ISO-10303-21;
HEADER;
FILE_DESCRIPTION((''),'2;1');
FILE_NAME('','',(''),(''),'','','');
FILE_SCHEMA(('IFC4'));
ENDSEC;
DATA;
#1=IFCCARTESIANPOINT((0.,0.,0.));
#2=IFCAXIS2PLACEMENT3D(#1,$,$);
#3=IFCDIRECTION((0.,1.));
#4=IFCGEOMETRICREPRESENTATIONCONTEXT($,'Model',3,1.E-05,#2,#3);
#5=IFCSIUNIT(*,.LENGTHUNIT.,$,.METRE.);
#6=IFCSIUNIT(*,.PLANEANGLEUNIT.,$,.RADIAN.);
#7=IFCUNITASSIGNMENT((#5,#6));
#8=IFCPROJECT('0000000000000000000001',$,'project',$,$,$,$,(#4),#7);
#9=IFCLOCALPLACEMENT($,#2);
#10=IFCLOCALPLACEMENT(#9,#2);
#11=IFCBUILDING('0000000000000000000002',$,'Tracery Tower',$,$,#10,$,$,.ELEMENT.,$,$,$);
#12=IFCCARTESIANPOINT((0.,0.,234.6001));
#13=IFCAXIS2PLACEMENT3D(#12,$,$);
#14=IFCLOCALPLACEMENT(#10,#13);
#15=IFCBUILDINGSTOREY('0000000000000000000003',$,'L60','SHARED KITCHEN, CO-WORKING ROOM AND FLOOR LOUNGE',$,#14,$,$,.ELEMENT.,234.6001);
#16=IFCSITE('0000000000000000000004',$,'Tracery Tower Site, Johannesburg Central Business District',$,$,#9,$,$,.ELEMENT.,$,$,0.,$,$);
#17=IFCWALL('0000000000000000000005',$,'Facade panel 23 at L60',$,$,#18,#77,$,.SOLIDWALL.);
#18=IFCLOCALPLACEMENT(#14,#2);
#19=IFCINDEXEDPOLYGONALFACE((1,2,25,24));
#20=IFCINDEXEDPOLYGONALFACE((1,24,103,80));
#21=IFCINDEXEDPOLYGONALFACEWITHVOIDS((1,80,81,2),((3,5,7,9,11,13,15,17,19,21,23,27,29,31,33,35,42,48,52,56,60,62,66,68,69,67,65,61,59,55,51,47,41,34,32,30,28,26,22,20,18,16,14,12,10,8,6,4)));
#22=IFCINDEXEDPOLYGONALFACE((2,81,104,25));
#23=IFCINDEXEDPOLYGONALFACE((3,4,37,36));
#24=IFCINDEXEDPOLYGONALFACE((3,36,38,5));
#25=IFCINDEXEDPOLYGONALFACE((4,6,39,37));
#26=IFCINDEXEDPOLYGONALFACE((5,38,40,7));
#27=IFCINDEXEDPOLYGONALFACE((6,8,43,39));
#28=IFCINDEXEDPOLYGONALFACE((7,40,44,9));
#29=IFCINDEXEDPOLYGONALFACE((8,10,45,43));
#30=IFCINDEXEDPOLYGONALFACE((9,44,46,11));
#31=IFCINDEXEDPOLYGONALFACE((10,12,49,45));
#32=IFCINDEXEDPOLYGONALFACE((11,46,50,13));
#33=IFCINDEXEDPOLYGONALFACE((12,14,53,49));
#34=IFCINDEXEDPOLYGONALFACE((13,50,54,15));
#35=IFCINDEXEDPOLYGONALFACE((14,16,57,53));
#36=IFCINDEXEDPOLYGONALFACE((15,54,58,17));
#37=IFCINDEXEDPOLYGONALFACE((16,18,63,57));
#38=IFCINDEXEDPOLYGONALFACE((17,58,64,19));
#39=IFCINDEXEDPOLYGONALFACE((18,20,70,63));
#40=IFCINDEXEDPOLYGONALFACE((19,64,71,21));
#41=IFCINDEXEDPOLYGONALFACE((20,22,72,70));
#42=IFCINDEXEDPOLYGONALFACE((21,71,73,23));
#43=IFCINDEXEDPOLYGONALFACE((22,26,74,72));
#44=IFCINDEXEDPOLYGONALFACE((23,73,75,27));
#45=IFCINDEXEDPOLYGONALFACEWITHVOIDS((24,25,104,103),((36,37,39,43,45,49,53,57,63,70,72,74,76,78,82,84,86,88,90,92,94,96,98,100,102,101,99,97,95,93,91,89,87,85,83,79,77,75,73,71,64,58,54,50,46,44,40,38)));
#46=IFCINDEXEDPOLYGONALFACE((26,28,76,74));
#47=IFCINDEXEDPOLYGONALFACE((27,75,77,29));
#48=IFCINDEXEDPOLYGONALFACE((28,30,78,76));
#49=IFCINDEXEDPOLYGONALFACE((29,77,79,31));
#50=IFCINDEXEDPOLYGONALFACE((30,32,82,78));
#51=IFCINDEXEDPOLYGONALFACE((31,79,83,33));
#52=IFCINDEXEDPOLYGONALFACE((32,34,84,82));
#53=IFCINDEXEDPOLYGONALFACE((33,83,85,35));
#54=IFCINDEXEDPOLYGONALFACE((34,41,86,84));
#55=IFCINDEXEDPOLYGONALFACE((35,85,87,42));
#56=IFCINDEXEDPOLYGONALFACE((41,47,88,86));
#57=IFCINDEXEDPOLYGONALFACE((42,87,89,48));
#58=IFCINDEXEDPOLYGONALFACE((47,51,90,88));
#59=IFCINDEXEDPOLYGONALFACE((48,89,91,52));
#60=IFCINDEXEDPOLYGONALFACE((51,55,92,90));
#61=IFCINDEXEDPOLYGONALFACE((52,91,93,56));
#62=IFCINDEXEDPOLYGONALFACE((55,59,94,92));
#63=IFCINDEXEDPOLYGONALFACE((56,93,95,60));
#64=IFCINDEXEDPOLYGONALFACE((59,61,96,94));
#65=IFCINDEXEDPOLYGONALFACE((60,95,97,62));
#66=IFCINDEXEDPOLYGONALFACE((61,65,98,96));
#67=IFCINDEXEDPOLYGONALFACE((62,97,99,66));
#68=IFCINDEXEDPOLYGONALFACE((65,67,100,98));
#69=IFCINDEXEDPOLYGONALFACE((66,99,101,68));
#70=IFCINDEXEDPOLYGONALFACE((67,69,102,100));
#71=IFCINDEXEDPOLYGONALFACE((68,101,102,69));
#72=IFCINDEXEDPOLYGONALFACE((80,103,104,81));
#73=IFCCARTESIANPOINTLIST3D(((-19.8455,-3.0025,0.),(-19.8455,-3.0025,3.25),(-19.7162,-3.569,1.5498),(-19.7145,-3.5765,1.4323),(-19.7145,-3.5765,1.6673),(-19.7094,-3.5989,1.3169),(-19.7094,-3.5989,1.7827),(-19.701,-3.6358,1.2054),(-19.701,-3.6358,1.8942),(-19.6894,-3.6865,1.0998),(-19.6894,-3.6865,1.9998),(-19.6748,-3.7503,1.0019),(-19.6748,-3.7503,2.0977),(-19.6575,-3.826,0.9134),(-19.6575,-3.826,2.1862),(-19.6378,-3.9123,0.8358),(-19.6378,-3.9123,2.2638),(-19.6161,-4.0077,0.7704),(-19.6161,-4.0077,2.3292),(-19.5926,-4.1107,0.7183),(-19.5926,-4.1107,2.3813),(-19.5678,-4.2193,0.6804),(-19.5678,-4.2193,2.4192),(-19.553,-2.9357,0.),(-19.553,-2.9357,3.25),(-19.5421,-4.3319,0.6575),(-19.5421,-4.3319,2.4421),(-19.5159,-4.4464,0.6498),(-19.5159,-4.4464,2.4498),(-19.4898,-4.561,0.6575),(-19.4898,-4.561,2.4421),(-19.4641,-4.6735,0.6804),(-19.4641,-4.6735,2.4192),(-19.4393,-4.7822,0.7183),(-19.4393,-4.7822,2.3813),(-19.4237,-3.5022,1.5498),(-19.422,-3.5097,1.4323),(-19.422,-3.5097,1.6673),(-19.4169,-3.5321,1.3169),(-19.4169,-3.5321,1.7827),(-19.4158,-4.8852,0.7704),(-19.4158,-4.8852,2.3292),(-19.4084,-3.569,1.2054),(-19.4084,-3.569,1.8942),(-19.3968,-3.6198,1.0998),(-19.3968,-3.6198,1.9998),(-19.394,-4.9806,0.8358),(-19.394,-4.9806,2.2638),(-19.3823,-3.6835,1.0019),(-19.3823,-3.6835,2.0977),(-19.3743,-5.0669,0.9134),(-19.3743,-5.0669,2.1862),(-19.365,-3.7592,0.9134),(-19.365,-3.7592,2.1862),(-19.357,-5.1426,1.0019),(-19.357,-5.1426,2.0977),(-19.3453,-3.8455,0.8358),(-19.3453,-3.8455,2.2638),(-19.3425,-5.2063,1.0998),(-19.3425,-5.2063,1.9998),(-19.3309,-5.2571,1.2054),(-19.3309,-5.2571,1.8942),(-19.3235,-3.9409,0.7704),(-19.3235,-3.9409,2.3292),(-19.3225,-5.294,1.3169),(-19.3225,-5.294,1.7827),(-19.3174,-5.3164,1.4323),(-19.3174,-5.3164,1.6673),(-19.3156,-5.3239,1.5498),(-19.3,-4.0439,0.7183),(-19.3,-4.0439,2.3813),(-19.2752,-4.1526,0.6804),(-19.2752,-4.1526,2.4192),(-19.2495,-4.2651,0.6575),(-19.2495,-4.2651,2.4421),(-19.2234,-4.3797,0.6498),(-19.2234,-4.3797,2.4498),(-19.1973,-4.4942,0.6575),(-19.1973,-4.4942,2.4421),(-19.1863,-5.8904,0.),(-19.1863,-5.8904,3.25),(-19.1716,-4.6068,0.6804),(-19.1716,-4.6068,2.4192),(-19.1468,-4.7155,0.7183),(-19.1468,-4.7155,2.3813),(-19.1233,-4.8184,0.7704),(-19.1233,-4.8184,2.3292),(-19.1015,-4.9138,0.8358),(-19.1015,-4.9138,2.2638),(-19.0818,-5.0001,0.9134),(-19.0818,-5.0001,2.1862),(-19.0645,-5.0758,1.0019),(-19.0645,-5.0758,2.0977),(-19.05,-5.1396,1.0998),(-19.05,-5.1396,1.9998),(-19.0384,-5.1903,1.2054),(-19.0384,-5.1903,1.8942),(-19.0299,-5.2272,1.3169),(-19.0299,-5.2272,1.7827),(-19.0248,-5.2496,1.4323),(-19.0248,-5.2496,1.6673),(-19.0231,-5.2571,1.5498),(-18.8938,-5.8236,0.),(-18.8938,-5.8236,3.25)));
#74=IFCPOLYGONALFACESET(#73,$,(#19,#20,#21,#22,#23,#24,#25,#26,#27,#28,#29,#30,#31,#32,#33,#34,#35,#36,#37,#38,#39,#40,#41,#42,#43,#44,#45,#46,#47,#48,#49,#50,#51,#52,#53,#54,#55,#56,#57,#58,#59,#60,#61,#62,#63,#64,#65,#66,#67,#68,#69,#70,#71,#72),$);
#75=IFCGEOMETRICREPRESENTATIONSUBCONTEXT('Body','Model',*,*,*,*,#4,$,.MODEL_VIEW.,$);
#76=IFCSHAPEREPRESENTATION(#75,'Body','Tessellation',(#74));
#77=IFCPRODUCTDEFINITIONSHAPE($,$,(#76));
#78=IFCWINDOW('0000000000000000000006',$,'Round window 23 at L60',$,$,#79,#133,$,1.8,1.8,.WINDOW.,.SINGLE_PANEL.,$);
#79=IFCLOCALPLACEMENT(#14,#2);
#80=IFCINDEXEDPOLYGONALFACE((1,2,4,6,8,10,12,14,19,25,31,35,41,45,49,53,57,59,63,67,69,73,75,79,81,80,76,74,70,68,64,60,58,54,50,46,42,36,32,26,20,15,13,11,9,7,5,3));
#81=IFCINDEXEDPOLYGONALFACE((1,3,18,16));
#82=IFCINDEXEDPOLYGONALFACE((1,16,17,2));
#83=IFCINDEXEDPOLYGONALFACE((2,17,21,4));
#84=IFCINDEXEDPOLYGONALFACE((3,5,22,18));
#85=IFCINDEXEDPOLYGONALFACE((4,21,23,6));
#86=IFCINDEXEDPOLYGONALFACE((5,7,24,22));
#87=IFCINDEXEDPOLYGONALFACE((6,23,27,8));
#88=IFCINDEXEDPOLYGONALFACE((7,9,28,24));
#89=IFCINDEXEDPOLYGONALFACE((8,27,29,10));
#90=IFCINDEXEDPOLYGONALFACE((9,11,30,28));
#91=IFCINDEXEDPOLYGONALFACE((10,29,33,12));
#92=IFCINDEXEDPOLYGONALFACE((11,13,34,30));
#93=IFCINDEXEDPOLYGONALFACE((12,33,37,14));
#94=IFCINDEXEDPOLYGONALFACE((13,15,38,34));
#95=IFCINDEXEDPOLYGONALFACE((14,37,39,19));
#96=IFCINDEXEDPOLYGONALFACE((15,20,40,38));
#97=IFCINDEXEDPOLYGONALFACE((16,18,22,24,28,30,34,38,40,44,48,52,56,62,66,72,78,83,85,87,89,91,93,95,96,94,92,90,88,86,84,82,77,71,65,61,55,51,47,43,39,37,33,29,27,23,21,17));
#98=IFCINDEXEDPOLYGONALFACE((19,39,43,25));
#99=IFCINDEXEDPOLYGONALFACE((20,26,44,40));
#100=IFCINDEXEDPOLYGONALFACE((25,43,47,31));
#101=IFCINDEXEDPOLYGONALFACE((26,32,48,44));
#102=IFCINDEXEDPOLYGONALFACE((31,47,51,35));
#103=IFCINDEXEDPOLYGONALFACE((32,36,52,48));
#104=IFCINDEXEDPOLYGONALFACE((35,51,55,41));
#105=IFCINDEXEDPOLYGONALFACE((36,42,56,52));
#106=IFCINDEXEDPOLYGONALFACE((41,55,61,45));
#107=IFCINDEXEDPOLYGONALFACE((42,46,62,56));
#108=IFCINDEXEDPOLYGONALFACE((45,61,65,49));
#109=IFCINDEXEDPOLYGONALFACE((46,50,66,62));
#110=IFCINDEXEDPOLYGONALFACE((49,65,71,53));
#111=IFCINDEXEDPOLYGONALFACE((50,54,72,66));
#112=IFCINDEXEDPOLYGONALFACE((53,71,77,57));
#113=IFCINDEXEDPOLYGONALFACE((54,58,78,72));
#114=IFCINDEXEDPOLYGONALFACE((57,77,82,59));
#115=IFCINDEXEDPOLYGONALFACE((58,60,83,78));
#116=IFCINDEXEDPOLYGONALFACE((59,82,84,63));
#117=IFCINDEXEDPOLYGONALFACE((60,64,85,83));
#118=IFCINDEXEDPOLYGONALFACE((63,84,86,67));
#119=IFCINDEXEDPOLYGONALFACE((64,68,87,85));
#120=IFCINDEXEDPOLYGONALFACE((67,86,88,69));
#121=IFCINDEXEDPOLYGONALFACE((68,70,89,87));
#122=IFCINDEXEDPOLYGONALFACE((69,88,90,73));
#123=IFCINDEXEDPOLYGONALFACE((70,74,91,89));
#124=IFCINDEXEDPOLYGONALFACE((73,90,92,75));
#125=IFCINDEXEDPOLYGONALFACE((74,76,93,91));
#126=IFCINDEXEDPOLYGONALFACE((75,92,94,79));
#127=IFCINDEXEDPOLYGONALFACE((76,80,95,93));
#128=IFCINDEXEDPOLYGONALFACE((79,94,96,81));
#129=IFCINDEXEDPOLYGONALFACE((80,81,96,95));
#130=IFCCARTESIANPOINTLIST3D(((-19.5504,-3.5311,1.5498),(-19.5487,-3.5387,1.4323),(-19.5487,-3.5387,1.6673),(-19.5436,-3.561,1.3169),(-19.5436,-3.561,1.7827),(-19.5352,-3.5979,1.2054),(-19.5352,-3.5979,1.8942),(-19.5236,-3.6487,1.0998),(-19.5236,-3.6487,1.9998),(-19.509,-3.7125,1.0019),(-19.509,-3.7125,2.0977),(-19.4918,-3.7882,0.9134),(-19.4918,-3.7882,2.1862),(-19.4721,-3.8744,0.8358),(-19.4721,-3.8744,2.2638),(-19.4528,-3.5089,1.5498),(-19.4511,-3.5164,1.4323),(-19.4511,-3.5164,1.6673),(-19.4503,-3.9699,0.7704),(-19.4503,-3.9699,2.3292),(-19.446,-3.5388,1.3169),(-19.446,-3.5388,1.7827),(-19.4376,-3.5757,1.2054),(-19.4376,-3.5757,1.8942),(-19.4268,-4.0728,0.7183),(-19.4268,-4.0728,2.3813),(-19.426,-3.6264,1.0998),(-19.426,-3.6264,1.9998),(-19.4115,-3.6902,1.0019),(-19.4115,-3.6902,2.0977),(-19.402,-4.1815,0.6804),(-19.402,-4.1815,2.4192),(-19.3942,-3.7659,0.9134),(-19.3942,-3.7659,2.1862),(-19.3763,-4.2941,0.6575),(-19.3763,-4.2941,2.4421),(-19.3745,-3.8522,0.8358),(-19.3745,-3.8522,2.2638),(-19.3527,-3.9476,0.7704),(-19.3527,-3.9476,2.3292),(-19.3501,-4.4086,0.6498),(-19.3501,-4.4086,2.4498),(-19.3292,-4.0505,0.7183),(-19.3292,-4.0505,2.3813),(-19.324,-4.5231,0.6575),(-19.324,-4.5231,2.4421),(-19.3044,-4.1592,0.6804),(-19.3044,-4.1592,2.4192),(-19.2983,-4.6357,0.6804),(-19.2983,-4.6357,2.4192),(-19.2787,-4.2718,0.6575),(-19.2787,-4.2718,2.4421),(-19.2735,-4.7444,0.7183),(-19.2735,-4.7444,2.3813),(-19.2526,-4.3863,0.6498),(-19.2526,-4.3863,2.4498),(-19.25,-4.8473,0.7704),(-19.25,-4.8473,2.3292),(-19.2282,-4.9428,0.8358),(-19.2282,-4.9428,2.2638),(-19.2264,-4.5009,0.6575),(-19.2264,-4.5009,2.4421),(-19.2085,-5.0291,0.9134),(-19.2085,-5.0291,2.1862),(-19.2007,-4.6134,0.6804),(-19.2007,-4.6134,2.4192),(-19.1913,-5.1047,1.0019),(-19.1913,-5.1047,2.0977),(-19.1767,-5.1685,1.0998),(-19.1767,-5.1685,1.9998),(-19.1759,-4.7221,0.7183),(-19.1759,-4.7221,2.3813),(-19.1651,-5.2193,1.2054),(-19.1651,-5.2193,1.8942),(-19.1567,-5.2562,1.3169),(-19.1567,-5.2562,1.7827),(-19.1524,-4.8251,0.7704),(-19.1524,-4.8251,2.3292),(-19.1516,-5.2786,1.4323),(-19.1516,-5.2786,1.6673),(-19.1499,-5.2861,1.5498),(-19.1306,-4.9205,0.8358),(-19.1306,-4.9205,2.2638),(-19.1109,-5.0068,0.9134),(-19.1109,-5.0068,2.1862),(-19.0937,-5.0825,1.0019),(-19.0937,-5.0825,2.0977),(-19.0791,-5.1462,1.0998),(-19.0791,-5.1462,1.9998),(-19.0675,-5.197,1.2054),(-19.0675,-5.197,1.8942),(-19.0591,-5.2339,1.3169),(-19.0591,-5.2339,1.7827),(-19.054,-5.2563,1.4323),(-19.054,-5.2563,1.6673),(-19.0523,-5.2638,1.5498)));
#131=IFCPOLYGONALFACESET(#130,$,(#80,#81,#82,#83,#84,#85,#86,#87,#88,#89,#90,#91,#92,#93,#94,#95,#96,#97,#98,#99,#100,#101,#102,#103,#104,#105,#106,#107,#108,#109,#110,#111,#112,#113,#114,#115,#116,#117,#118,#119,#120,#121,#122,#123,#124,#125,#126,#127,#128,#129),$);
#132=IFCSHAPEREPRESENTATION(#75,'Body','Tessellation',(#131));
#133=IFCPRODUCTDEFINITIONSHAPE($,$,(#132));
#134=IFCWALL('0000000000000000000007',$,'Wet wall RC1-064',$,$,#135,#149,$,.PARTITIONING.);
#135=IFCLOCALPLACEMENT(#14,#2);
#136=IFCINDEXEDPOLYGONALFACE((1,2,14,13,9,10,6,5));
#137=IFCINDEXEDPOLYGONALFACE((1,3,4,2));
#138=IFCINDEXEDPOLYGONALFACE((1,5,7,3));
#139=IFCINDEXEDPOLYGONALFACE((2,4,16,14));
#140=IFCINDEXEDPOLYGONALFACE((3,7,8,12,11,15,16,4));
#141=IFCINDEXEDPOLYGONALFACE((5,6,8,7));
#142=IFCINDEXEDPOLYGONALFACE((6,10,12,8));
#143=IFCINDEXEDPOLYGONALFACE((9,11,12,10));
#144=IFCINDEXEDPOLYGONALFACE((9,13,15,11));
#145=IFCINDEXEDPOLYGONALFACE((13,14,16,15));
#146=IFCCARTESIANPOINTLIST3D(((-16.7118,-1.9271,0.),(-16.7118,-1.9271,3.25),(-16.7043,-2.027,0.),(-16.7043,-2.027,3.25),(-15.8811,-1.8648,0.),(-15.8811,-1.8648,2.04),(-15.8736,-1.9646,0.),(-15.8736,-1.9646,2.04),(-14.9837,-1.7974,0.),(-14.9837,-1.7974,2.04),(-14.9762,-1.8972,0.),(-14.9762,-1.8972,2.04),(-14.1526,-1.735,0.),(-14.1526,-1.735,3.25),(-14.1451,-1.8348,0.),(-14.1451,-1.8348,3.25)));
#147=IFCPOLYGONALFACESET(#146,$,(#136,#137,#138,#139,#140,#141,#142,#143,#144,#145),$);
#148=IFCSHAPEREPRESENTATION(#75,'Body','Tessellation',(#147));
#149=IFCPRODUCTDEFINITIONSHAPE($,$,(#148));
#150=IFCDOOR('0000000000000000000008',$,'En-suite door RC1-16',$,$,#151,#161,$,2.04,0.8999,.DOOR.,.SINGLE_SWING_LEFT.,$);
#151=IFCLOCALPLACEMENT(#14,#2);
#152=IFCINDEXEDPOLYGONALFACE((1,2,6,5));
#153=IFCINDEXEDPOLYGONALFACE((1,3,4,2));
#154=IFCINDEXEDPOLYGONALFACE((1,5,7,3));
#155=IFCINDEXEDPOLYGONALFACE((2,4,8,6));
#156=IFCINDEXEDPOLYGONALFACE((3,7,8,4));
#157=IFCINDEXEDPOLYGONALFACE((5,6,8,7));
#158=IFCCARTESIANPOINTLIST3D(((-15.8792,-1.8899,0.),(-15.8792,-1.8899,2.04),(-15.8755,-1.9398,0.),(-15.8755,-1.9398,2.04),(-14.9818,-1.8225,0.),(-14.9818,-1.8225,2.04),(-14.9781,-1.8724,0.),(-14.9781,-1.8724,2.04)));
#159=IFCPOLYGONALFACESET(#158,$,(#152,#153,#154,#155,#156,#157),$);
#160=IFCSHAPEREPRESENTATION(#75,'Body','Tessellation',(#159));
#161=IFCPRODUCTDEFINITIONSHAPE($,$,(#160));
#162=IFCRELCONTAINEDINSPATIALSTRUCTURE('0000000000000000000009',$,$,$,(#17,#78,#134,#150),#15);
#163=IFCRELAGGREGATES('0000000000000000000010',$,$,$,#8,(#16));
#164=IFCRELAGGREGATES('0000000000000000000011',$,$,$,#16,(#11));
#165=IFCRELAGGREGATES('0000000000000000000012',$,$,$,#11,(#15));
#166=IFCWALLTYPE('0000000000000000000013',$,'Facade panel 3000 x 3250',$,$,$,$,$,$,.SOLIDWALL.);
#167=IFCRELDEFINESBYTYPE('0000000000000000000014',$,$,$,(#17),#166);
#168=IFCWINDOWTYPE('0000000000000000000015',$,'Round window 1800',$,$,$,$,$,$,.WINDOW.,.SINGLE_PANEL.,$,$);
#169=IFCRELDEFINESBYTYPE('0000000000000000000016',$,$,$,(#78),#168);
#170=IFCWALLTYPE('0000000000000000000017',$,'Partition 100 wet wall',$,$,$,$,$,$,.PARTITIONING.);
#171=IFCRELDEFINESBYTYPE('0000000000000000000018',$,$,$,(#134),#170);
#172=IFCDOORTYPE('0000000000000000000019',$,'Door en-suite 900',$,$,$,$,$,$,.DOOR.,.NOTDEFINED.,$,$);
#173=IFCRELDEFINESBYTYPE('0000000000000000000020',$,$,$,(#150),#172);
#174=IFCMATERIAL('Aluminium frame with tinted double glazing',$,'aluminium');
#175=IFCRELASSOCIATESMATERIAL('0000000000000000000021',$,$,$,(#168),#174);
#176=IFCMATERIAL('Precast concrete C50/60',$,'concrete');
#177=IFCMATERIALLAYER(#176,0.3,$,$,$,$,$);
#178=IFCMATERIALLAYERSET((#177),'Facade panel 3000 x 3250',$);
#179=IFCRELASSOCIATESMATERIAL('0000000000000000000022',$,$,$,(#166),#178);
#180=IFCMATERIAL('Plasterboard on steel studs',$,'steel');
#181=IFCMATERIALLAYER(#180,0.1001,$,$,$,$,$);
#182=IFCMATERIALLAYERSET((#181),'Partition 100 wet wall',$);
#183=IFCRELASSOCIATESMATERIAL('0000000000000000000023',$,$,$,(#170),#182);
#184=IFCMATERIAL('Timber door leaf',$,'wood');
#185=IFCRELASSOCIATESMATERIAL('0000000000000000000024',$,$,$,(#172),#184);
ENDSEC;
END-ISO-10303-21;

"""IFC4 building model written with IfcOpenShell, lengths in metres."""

from ifc_helpers import new_model, si_unit, direction, frame, frame_2d, origin, origin_2d, place, context, subcontext, project, spatial, rectangle, circle, extrude, material, layer, layer_set, type_object, element, fill, save


model = new_model("IFC4")

# Units and contexts
model_context = context("Model", 3, precision=1e-05, world=origin(), true_north=direction((0.0, 1.0)))
body_context = subcontext(model_context, "Body", "Model", "MODEL_VIEW")
ifc_project = project(units=[si_unit("LENGTHUNIT", "METRE"), si_unit("PLANEANGLEUNIT", "RADIAN")], contexts=[model_context])

# Site, building, storey
site_placement = place(None, origin())
site = spatial("IfcSite", under=ifc_project, at=site_placement, Name="Tracery Tower Site, Johannesburg Central Business District", CompositionType="ELEMENT", RefElevation=0.0)
building_placement = place(site_placement, origin())
building = spatial("IfcBuilding", under=site, at=building_placement, Name="Tracery Tower", CompositionType="ELEMENT")
storey_placement = place(building_placement, frame((0.0, 0.0, 234.6001)))
storey = spatial("IfcBuildingStorey", under=building, at=storey_placement, Name="L60", Description="SHARED KITCHEN, CO-WORKING ROOM AND FLOOR LOUNGE", CompositionType="ELEMENT", Elevation=234.6001)

# Wall, opening, window
ifc_material_1 = material(Name="Aluminium frame with tinted double glazing", Category="aluminium")
window_type = type_object("IfcWindowType", Name="Round window 1800", PartitioningType="SINGLE_PANEL", PredefinedType="WINDOW", material=ifc_material_1)
ifc_material_2 = material(Name="Precast concrete C50/60", Category="concrete")
ifc_layer_1 = layer(ifc_material_2, 0.3)
ifc_layer_set_1 = layer_set([ifc_layer_1], Name="Facade panel 3000 x 3250")
wall_type_1 = type_object("IfcWallType", Name="Facade panel 3000 x 3250", PredefinedType="SOLIDWALL", material=ifc_layer_set_1)
wall_1_placement = place(storey_placement, frame((-19.6992, -2.9692, 0.0), z_axis=(0.0, 0.0, 1.0), x_axis=(0.222529, -0.974926, 0.0)))
wall_1 = element("IfcWall", 1, at=wall_1_placement, inside=storey, type_object=wall_type_1, Name="Facade panel 23 at L60", PredefinedType="SOLIDWALL", context=body_context, shape_type="SweptSolid", body=[
    extrude(rectangle(XDim=2.9622, YDim=0.3, at=frame_2d((1.481, 0.0))), origin(), (0.0, 0.0, 1.0), 3.25),
])
opening_1_placement = place(wall_1_placement, frame((1.481, 0.0, 1.5498)))
opening_1 = element("IfcOpeningElement", 2, at=opening_1_placement, cuts=wall_1, PredefinedType="OPENING", context=body_context, shape_type="SweptSolid", body=[
    extrude(circle(Radius=0.9, at=origin_2d()), frame((0.0, 0.1599, 0.0), z_axis=(0.0, -1.0, 0.0), x_axis=(1.0, 0.0, 0.0)), (0.0, 0.0, 1.0), 0.3201),
])
window_1_placement = place(opening_1_placement, origin())
window_1 = element("IfcWindow", 3, at=window_1_placement, inside=storey, type_object=window_type, Name="Round window 23 at L60", OverallHeight=1.8, OverallWidth=1.8, PartitioningType="SINGLE_PANEL", PredefinedType="WINDOW", context=body_context, shape_type="SweptSolid", body=[
    extrude(circle(Radius=0.9, at=origin_2d()), frame((0.0, 0.1201, 0.0), z_axis=(0.0, -1.0, 0.0), x_axis=(1.0, 0.0, 0.0)), (0.0, 0.0, 1.0), 0.1001),
])
fill(opening_1, window_1)

# Wall, opening, door
ifc_material_3 = material(Name="Plasterboard on steel studs", Category="steel")
ifc_layer_2 = layer(ifc_material_3, 0.1001)
ifc_layer_set_2 = layer_set([ifc_layer_2], Name="Partition 100 wet wall")
wall_type_2 = type_object("IfcWallType", Name="Partition 100 wet wall", PredefinedType="PARTITIONING", material=ifc_layer_set_2)
wall_2_placement = place(storey_placement, frame((-16.708, -1.9771, 0.0), z_axis=(0.0, 0.0, 1.0), x_axis=(0.997193, 0.07487, 0.0)))
wall_2 = element("IfcWall", 4, at=wall_2_placement, inside=storey, type_object=wall_type_2, Name="Wet wall RC1-064", PredefinedType="PARTITIONING", context=body_context, shape_type="SweptSolid", body=[
    extrude(rectangle(XDim=2.5664, YDim=0.1001, at=frame_2d((1.2832, 0.0))), origin(), (0.0, 0.0, 1.0), 3.25),
])
opening_2_placement = place(wall_2_placement, frame((0.833, 0.0, 0.0)))
opening_2 = element("IfcOpeningElement", 5, at=opening_2_placement, cuts=wall_2, PredefinedType="OPENING", context=body_context, shape_type="SweptSolid", body=[
    extrude(rectangle(XDim=0.8999, YDim=2.04, at=frame_2d((0.45, 1.02))), frame((0.0, 0.05, 0.0), z_axis=(0.0, -1.0, 0.0), x_axis=(1.0, 0.0, 0.0)), (0.0, 0.0, 1.0), 0.1001),
])
ifc_material_4 = material(Name="Timber door leaf", Category="wood")
door_type = type_object("IfcDoorType", Name="Door en-suite 900", OperationType="NOTDEFINED", PredefinedType="DOOR", material=ifc_material_4)
door_1_placement = place(opening_2_placement, origin())
door_1 = element("IfcDoor", 6, at=door_1_placement, inside=storey, type_object=door_type, Name="En-suite door RC1-16", OperationType="SINGLE_SWING_LEFT", OverallHeight=2.04, OverallWidth=0.8999, PredefinedType="DOOR", context=body_context, shape_type="SweptSolid", body=[
    extrude(rectangle(XDim=0.8999, YDim=2.04, at=frame_2d((0.45, 1.02))), frame((0.0, 0.0249, 0.0), z_axis=(0.0, -1.0, 0.0), x_axis=(1.0, 0.0, 0.0)), (0.0, 0.0, 1.0), 0.05),
])
fill(opening_2, door_1)

save(model, "model.ifc")
